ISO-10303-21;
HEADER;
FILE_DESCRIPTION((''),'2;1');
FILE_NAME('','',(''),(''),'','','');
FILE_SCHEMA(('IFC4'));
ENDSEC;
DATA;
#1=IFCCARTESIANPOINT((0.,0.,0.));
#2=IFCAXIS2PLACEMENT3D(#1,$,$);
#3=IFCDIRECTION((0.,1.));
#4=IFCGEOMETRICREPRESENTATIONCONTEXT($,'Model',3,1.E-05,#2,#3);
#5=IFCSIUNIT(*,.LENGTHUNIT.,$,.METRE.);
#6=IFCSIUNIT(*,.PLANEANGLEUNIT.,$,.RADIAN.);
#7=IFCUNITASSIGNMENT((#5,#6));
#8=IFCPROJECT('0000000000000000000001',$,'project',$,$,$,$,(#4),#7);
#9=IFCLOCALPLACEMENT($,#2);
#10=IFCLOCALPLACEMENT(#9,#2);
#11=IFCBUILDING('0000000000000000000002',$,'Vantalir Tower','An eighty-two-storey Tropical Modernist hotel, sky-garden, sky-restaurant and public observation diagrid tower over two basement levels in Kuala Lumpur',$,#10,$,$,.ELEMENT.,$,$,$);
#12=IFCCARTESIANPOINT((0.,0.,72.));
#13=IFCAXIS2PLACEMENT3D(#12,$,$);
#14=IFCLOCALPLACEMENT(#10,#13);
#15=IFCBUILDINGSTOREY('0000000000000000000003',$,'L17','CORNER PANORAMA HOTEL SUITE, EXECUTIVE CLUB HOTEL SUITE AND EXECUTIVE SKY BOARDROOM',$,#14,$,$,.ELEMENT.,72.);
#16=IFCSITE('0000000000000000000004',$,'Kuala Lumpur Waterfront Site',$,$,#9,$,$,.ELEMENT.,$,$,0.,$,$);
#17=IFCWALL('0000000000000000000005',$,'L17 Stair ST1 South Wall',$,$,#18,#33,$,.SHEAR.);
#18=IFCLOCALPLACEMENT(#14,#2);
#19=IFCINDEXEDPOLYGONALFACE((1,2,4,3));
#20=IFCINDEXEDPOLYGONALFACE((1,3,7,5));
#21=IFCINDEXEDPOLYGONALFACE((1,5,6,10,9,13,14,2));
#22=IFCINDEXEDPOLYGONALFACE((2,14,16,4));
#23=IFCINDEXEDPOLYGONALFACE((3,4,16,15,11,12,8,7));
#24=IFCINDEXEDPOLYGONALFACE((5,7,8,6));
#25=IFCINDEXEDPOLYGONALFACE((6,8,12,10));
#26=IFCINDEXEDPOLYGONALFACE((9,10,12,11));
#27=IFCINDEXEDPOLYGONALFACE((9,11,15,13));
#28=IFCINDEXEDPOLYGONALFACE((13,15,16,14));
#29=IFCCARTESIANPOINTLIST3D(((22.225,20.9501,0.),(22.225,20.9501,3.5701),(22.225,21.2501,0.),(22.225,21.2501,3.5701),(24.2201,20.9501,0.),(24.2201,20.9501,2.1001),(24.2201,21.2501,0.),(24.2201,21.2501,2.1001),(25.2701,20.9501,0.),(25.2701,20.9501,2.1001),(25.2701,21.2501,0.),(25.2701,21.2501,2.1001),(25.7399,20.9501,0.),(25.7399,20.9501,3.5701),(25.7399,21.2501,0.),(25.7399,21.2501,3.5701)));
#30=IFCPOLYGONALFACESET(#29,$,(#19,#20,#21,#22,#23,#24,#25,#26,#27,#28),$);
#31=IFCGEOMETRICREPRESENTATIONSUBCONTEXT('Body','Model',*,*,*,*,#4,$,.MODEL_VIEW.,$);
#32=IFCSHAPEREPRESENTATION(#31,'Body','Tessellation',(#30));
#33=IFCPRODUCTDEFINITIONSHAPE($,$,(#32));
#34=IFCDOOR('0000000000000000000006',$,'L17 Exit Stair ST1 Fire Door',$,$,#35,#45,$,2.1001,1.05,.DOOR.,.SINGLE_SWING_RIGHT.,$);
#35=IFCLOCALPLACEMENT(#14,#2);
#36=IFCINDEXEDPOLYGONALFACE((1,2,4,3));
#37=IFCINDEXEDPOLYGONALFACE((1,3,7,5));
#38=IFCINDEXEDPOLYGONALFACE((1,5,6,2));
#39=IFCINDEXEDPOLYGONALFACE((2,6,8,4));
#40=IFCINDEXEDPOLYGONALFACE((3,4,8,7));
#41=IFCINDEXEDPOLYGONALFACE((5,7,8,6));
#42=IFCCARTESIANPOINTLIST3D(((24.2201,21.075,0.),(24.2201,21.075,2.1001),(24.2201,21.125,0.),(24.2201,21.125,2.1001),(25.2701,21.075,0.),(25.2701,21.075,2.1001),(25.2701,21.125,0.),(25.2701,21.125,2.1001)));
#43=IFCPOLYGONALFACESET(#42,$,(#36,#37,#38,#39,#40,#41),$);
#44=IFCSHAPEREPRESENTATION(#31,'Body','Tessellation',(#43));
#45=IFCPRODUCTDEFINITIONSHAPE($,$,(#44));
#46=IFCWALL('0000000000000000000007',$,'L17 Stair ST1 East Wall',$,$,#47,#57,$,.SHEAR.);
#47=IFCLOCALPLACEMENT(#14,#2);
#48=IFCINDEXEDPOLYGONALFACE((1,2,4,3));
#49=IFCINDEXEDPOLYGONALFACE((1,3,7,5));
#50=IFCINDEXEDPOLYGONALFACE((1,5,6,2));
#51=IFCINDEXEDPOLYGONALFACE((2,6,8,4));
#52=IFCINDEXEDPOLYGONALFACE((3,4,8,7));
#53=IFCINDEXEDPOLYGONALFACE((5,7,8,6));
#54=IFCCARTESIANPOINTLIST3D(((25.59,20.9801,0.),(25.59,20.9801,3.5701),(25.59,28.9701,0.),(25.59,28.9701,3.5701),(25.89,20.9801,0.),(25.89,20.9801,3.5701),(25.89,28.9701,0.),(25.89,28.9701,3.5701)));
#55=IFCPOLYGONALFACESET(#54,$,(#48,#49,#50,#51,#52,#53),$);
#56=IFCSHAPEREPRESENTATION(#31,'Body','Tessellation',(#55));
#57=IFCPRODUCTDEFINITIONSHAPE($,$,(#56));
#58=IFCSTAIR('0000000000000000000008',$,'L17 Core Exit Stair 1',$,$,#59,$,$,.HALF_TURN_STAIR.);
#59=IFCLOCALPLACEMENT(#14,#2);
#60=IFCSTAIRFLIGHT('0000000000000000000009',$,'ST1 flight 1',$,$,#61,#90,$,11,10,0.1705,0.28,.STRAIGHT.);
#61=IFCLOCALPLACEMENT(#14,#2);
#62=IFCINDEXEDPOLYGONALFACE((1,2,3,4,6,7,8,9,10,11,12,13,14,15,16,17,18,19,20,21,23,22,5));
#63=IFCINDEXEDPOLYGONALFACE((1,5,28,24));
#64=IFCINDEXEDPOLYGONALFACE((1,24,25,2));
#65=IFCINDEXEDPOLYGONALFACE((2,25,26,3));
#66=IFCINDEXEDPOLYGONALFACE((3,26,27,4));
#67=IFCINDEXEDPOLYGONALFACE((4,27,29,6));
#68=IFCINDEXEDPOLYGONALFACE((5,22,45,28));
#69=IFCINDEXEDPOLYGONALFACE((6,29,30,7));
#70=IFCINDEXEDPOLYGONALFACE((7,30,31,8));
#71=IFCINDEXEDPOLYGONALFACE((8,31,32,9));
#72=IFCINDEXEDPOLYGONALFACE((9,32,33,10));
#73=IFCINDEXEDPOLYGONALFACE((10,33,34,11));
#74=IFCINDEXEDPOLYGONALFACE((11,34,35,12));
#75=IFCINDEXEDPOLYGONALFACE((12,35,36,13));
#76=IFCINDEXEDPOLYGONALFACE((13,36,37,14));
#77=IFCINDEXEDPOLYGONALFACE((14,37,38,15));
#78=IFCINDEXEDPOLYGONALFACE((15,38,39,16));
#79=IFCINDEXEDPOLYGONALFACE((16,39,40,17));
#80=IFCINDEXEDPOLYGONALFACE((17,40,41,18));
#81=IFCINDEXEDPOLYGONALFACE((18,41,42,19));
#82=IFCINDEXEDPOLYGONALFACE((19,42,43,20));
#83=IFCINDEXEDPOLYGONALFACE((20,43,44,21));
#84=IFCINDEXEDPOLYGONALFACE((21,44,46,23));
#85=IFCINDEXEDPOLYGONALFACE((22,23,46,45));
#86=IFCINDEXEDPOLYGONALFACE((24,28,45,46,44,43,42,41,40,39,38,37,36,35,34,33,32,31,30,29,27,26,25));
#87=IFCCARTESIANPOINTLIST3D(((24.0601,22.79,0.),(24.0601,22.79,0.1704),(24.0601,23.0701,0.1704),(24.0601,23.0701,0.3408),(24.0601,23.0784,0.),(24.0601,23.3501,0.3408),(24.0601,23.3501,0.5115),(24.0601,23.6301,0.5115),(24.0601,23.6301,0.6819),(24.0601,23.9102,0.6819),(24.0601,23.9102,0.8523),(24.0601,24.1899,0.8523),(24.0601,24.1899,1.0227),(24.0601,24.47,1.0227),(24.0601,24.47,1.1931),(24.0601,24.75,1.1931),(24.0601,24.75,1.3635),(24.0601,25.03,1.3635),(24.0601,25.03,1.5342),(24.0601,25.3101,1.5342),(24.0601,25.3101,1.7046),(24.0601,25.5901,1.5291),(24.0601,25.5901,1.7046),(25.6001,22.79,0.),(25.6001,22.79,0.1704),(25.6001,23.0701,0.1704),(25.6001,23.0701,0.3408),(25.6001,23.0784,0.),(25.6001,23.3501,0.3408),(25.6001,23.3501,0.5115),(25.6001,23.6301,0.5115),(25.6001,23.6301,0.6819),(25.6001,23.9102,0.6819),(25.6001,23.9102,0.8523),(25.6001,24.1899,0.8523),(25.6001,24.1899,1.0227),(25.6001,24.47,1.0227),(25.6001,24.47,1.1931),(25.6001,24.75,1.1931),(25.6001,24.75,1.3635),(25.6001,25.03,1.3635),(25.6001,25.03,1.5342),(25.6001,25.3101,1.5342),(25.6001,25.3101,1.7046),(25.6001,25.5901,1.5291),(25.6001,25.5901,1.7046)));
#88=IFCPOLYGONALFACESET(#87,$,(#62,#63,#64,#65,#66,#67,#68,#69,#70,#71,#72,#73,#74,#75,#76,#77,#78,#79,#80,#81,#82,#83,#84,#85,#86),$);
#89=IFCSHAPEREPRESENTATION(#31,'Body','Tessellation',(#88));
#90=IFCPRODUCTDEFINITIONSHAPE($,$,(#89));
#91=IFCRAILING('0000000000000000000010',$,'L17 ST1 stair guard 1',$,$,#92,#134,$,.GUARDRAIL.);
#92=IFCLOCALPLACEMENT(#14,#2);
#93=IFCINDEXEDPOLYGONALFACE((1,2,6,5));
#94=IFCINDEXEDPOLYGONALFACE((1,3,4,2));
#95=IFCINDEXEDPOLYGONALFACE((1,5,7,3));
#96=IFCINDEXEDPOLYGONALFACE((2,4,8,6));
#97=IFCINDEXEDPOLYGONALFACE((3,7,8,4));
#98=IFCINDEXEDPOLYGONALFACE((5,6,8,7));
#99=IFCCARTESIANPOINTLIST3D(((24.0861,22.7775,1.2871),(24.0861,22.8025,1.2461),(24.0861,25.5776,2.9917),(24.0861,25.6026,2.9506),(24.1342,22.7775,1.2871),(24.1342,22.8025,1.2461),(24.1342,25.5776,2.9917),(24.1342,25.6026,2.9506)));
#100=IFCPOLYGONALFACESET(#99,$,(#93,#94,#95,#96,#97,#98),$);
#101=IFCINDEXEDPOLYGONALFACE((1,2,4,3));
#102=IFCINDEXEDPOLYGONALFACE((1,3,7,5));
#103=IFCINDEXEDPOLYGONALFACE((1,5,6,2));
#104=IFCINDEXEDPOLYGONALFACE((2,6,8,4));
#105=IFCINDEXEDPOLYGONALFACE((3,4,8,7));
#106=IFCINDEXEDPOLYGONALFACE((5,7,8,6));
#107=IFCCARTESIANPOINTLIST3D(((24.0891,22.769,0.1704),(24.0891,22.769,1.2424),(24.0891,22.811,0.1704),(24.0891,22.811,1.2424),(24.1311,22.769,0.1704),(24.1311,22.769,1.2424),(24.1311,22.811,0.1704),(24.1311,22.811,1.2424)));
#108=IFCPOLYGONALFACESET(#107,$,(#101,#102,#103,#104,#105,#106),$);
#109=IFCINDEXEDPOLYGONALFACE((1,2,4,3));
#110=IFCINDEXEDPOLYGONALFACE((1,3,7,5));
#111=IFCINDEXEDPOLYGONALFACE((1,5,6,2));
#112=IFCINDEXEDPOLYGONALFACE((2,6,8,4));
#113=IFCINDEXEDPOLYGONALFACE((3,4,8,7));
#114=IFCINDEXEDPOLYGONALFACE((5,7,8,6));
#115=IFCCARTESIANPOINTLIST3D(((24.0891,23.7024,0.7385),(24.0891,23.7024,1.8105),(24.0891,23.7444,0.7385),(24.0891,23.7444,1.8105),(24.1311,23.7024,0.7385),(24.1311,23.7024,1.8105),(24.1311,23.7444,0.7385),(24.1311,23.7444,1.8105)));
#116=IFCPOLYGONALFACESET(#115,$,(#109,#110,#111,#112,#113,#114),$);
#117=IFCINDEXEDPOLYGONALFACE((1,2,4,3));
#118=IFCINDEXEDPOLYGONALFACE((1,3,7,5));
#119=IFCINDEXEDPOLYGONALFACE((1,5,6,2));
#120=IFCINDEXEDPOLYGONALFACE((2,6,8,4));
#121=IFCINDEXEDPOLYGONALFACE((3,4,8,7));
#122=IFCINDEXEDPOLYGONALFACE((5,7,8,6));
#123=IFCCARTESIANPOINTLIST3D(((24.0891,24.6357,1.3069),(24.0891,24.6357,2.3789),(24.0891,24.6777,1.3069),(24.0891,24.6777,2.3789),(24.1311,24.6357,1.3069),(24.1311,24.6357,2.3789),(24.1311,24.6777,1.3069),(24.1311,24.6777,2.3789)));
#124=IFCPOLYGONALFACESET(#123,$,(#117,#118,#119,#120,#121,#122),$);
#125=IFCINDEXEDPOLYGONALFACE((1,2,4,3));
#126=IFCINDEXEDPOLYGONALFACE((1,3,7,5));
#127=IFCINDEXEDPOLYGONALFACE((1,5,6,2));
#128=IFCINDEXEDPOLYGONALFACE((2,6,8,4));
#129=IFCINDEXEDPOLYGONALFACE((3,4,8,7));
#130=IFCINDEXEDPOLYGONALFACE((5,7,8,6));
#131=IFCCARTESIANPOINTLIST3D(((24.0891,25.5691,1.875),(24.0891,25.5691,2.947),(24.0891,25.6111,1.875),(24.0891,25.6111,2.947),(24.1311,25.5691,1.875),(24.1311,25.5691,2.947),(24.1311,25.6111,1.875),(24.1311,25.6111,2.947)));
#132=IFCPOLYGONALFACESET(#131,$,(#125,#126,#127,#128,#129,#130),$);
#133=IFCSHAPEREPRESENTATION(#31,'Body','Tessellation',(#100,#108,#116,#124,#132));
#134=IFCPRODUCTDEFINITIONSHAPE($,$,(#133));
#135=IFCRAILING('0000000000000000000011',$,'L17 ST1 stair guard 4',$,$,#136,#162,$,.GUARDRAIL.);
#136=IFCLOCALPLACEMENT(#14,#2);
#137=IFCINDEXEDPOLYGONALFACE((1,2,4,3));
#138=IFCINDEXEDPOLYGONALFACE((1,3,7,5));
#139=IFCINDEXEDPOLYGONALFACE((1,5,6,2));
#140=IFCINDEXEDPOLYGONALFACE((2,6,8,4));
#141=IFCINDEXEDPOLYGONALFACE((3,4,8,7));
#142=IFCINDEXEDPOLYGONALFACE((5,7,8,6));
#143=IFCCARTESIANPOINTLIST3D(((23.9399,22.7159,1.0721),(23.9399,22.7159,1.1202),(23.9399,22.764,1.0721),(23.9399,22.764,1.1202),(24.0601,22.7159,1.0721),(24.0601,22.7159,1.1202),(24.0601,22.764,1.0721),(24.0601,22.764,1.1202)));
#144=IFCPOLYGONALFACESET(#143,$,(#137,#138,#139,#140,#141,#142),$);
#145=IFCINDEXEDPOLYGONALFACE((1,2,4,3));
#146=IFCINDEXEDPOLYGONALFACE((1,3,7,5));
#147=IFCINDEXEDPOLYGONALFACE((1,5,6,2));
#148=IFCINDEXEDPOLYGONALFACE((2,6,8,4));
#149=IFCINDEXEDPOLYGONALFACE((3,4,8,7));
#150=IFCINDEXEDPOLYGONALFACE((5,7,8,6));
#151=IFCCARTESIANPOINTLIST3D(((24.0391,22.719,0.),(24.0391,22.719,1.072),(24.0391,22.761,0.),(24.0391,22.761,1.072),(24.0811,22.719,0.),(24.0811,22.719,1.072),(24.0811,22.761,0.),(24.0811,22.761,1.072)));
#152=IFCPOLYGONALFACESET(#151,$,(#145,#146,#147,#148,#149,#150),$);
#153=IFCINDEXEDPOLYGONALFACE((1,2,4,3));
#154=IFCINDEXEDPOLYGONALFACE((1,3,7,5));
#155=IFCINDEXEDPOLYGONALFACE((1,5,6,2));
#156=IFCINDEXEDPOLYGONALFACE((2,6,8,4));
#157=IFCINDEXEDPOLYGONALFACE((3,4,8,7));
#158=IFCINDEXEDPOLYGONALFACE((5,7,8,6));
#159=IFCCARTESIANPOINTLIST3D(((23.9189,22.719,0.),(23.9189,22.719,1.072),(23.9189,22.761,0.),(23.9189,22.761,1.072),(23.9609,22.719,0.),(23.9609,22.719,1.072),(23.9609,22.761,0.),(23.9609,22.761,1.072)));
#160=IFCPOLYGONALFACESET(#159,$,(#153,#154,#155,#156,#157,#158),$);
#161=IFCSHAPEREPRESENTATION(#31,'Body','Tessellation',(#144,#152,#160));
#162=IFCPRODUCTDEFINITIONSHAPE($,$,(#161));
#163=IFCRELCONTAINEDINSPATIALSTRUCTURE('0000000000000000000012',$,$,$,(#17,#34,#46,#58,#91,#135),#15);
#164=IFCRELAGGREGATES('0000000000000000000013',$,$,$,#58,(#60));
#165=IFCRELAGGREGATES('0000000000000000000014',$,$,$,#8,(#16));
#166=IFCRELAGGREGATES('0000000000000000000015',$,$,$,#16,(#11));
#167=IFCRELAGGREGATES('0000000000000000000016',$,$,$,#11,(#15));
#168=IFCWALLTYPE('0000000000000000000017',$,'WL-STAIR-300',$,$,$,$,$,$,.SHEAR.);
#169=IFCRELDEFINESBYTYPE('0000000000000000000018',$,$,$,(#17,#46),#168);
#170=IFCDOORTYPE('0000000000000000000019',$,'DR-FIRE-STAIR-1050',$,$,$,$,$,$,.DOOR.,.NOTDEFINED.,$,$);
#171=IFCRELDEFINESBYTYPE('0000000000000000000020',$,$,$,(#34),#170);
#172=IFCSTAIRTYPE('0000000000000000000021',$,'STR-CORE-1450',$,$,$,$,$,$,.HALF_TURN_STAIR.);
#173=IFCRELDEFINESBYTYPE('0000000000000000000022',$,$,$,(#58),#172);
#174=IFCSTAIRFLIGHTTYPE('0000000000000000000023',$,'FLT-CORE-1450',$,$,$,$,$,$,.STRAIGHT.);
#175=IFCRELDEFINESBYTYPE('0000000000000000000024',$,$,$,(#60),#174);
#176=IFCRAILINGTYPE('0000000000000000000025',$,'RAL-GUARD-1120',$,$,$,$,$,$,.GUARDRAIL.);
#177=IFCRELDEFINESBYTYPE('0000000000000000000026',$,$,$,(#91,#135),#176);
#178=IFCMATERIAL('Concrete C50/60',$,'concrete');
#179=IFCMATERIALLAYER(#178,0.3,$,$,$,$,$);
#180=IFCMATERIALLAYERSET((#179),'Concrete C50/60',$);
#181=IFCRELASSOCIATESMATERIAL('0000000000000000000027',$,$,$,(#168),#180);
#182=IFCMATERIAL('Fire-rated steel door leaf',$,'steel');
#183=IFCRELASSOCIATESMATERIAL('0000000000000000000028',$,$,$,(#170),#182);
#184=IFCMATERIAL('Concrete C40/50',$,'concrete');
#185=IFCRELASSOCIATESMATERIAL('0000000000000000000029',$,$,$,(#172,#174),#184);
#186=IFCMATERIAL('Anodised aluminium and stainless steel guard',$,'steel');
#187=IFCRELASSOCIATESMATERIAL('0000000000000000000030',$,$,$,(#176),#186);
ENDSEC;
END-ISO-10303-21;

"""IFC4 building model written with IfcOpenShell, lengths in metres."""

from ifc_helpers import new_model, si_unit, direction, frame, frame_2d, origin, origin_2d, place, context, subcontext, project, spatial, polyline, rectangle, outline, extrude, material, layer, layer_set, type_object, element, fill, aggregate, save


model = new_model("IFC4")

# Units and contexts
model_context = context("Model", 3, precision=1e-05, world=origin(), true_north=direction((0.0, 1.0)))
body_context = subcontext(model_context, "Body", "Model", "MODEL_VIEW")
ifc_project = project(units=[si_unit("LENGTHUNIT", "METRE"), si_unit("PLANEANGLEUNIT", "RADIAN")], contexts=[model_context])

# Site, building, storey
site_placement = place(None, origin())
site = spatial("IfcSite", under=ifc_project, at=site_placement, Name="Kuala Lumpur Waterfront Site", CompositionType="ELEMENT", RefElevation=0.0)
building_placement = place(site_placement, origin())
building = spatial("IfcBuilding", under=site, at=building_placement, Name="Vantalir Tower", Description="An eighty-two-storey Tropical Modernist hotel, sky-garden, sky-restaurant and public observation diagrid tower over two basement levels in Kuala Lumpur", CompositionType="ELEMENT")
storey_placement = place(building_placement, frame((0.0, 0.0, 72.0)))
storey = spatial("IfcBuildingStorey", under=building, at=storey_placement, Name="L17", Description="CORNER PANORAMA HOTEL SUITE, EXECUTIVE CLUB HOTEL SUITE AND EXECUTIVE SKY BOARDROOM", CompositionType="ELEMENT", Elevation=72.0)

# Wall, opening, door
ifc_material_1 = material(Name="Concrete C50/60", Category="concrete")
ifc_layer_1 = layer(ifc_material_1, 0.3)
ifc_layer_set_1 = layer_set([ifc_layer_1], Name="Concrete C50/60")
wall_type_1 = type_object("IfcWallType", Name="WL-STAIR-300", PredefinedType="SHEAR", material=ifc_layer_set_1)
wall_1_placement = place(storey_placement, frame((22.2251, 21.1001, 0.0), z_axis=(0.0, 0.0, 1.0), x_axis=(1.0, 0.0, 0.0)))
wall_1 = element("IfcWall", 1, at=wall_1_placement, inside=storey, type_object=wall_type_1, Name="L17 Stair ST1 South Wall", PredefinedType="SHEAR", context=body_context, shape_type="SweptSolid", body=[
    extrude(rectangle(XDim=3.5149, YDim=0.3, at=frame_2d((1.7573, 0.0))), origin(), (0.0, 0.0, 1.0), 3.5701),
])
opening_1_placement = place(wall_1_placement, frame((1.9951, 0.0, 0.0)))
opening_1 = element("IfcOpeningElement", 2, at=opening_1_placement, cuts=wall_1, PredefinedType="OPENING", context=body_context, shape_type="SweptSolid", body=[
    extrude(rectangle(XDim=1.05, YDim=2.1001, at=frame_2d((0.5249, 1.05))), frame((0.0, 0.1599, 0.0), z_axis=(0.0, -1.0, 0.0), x_axis=(1.0, 0.0, 0.0)), (0.0, 0.0, 1.0), 0.3201),
])
ifc_material_2 = material(Name="Fire-rated steel door leaf", Category="steel")
door_type_1 = type_object("IfcDoorType", Name="DR-FIRE-STAIR-1050", OperationType="NOTDEFINED", PredefinedType="DOOR", material=ifc_material_2)
door_1_placement = place(opening_1_placement, origin())
door_1 = element("IfcDoor", 3, at=door_1_placement, inside=storey, type_object=door_type_1, Name="L17 Exit Stair ST1 Fire Door", OperationType="SINGLE_SWING_RIGHT", OverallHeight=2.1001, OverallWidth=1.05, PredefinedType="DOOR", context=body_context, shape_type="SweptSolid", body=[
    extrude(rectangle(XDim=1.05, YDim=2.1001, at=frame_2d((0.5249, 1.05))), frame((0.0, 0.0249, 0.0), z_axis=(0.0, -1.0, 0.0), x_axis=(1.0, 0.0, 0.0)), (0.0, 0.0, 1.0), 0.05),
])
fill(opening_1, door_1)

# Wall
wall_2_placement = place(storey_placement, frame((25.74, 20.98, 0.0), z_axis=(0.0, 0.0, 1.0), x_axis=(0.0, 1.0, 0.0)))
element("IfcWall", 4, at=wall_2_placement, inside=storey, type_object=wall_type_1, Name="L17 Stair ST1 East Wall", PredefinedType="SHEAR", context=body_context, shape_type="SweptSolid", body=[
    extrude(rectangle(XDim=7.99, YDim=0.3, at=frame_2d((3.9951, 0.0))), origin(), (0.0, 0.0, 1.0), 3.5701),
])

# Stair, stair flight
ifc_material_3 = material(Name="Concrete C40/50", Category="concrete")
stair_type = type_object("IfcStairType", Name="STR-CORE-1450", PredefinedType="HALF_TURN_STAIR", material=ifc_material_3)
stair_placement = place(storey_placement, origin())
stair = element("IfcStair", 5, at=stair_placement, inside=storey, type_object=stair_type, Name="L17 Core Exit Stair 1", PredefinedType="HALF_TURN_STAIR")
stair_flight_type = type_object("IfcStairFlightType", Name="FLT-CORE-1450", PredefinedType="STRAIGHT", material=ifc_material_3)
stair_flight_placement = place(storey_placement, frame((24.8301, 22.79, 0.0), z_axis=(0.0, 0.0, 1.0), x_axis=(0.0, 1.0, 0.0)))
stair_flight = element("IfcStairFlight", 6, at=stair_flight_placement, type_object=stair_flight_type, Name="ST1 flight 1", NumberOfRisers=11, NumberOfTreads=10, PredefinedType="STRAIGHT", RiserHeight=0.1705, TreadLength=0.28, context=body_context, shape_type="SweptSolid", body=[
    extrude(outline(polyline([(0.0, 0.0), (0.0, 0.1704), (0.28, 0.1704), (0.28, 0.3408), (0.5601, 0.3408), (0.5601, 0.5115), (0.8401, 0.5115), (0.8401, 0.6819), (1.1201, 0.6819), (1.1201, 0.8523), (1.3999, 0.8523), (1.3999, 1.0227), (1.6799, 1.0227), (1.6799, 1.1931), (1.96, 1.1931), (1.96, 1.3635), (2.24, 1.3635), (2.24, 1.5342), (2.52, 1.5342), (2.52, 1.7046), (2.8, 1.7046), (2.8, 1.875), (2.8, 1.5291), (0.2883, 0.0), (0.0, 0.0)])), frame((0.0, 0.77, 0.0), z_axis=(0.0, -1.0, 0.0), x_axis=(1.0, 0.0, 0.0)), (0.0, 0.0, 1.0), 1.54),
])
aggregate(stair, [stair_flight])

# Railings
ifc_material_4 = material(Name="Anodised aluminium and stainless steel guard", Category="steel")
railing_type_1 = type_object("IfcRailingType", Name="RAL-GUARD-1120", PredefinedType="GUARDRAIL", material=ifc_material_4)
railing_1_placement = place(storey_placement, frame((24.1101, 22.79, 0.1704)))
element("IfcRailing", 7, at=railing_1_placement, inside=storey, type_object=railing_type_1, Name="L17 ST1 stair guard 1", PredefinedType="GUARDRAIL", context=body_context, shape_type="SweptSolid", body=[
    extrude(rectangle(XDim=0.0481, YDim=0.0481, at=origin_2d()), frame((0.0, 0.0, 1.0962), z_axis=(0.0, 0.85417, 0.519994), x_axis=(-1.0, 0.0, 0.0)), (0.0, 0.0, 1.0), 3.2781),
    extrude(rectangle(XDim=0.042, YDim=0.042, at=origin_2d()), origin(), (0.0, 0.0, 1.0), 1.072),
    extrude(rectangle(XDim=0.042, YDim=0.042, at=origin_2d()), frame((0.0, 0.9333, 0.5681)), (0.0, 0.0, 1.0), 1.072),
    extrude(rectangle(XDim=0.042, YDim=0.042, at=origin_2d()), frame((0.0, 1.8667, 1.1365)), (0.0, 0.0, 1.0), 1.072),
    extrude(rectangle(XDim=0.042, YDim=0.042, at=origin_2d()), frame((0.0, 2.8, 1.7046)), (0.0, 0.0, 1.0), 1.072),
])
railing_2_placement = place(storey_placement, frame((24.0601, 22.74, 0.0)))
element("IfcRailing", 8, at=railing_2_placement, inside=storey, type_object=railing_type_1, Name="L17 ST1 stair guard 4", PredefinedType="GUARDRAIL", context=body_context, shape_type="SweptSolid", body=[
    extrude(rectangle(XDim=0.0481, YDim=0.0481, at=origin_2d()), frame((0.0, 0.0, 1.0962), z_axis=(-1.0, 0.0, 0.0), x_axis=(0.0, -1.0, 0.0)), (0.0, 0.0, 1.0), 0.1201),
    extrude(rectangle(XDim=0.042, YDim=0.042, at=origin_2d()), origin(), (0.0, 0.0, 1.0), 1.072),
    extrude(rectangle(XDim=0.042, YDim=0.042, at=origin_2d()), frame((-0.1201, 0.0, 0.0)), (0.0, 0.0, 1.0), 1.072),
])

save(model, "model.ifc")
